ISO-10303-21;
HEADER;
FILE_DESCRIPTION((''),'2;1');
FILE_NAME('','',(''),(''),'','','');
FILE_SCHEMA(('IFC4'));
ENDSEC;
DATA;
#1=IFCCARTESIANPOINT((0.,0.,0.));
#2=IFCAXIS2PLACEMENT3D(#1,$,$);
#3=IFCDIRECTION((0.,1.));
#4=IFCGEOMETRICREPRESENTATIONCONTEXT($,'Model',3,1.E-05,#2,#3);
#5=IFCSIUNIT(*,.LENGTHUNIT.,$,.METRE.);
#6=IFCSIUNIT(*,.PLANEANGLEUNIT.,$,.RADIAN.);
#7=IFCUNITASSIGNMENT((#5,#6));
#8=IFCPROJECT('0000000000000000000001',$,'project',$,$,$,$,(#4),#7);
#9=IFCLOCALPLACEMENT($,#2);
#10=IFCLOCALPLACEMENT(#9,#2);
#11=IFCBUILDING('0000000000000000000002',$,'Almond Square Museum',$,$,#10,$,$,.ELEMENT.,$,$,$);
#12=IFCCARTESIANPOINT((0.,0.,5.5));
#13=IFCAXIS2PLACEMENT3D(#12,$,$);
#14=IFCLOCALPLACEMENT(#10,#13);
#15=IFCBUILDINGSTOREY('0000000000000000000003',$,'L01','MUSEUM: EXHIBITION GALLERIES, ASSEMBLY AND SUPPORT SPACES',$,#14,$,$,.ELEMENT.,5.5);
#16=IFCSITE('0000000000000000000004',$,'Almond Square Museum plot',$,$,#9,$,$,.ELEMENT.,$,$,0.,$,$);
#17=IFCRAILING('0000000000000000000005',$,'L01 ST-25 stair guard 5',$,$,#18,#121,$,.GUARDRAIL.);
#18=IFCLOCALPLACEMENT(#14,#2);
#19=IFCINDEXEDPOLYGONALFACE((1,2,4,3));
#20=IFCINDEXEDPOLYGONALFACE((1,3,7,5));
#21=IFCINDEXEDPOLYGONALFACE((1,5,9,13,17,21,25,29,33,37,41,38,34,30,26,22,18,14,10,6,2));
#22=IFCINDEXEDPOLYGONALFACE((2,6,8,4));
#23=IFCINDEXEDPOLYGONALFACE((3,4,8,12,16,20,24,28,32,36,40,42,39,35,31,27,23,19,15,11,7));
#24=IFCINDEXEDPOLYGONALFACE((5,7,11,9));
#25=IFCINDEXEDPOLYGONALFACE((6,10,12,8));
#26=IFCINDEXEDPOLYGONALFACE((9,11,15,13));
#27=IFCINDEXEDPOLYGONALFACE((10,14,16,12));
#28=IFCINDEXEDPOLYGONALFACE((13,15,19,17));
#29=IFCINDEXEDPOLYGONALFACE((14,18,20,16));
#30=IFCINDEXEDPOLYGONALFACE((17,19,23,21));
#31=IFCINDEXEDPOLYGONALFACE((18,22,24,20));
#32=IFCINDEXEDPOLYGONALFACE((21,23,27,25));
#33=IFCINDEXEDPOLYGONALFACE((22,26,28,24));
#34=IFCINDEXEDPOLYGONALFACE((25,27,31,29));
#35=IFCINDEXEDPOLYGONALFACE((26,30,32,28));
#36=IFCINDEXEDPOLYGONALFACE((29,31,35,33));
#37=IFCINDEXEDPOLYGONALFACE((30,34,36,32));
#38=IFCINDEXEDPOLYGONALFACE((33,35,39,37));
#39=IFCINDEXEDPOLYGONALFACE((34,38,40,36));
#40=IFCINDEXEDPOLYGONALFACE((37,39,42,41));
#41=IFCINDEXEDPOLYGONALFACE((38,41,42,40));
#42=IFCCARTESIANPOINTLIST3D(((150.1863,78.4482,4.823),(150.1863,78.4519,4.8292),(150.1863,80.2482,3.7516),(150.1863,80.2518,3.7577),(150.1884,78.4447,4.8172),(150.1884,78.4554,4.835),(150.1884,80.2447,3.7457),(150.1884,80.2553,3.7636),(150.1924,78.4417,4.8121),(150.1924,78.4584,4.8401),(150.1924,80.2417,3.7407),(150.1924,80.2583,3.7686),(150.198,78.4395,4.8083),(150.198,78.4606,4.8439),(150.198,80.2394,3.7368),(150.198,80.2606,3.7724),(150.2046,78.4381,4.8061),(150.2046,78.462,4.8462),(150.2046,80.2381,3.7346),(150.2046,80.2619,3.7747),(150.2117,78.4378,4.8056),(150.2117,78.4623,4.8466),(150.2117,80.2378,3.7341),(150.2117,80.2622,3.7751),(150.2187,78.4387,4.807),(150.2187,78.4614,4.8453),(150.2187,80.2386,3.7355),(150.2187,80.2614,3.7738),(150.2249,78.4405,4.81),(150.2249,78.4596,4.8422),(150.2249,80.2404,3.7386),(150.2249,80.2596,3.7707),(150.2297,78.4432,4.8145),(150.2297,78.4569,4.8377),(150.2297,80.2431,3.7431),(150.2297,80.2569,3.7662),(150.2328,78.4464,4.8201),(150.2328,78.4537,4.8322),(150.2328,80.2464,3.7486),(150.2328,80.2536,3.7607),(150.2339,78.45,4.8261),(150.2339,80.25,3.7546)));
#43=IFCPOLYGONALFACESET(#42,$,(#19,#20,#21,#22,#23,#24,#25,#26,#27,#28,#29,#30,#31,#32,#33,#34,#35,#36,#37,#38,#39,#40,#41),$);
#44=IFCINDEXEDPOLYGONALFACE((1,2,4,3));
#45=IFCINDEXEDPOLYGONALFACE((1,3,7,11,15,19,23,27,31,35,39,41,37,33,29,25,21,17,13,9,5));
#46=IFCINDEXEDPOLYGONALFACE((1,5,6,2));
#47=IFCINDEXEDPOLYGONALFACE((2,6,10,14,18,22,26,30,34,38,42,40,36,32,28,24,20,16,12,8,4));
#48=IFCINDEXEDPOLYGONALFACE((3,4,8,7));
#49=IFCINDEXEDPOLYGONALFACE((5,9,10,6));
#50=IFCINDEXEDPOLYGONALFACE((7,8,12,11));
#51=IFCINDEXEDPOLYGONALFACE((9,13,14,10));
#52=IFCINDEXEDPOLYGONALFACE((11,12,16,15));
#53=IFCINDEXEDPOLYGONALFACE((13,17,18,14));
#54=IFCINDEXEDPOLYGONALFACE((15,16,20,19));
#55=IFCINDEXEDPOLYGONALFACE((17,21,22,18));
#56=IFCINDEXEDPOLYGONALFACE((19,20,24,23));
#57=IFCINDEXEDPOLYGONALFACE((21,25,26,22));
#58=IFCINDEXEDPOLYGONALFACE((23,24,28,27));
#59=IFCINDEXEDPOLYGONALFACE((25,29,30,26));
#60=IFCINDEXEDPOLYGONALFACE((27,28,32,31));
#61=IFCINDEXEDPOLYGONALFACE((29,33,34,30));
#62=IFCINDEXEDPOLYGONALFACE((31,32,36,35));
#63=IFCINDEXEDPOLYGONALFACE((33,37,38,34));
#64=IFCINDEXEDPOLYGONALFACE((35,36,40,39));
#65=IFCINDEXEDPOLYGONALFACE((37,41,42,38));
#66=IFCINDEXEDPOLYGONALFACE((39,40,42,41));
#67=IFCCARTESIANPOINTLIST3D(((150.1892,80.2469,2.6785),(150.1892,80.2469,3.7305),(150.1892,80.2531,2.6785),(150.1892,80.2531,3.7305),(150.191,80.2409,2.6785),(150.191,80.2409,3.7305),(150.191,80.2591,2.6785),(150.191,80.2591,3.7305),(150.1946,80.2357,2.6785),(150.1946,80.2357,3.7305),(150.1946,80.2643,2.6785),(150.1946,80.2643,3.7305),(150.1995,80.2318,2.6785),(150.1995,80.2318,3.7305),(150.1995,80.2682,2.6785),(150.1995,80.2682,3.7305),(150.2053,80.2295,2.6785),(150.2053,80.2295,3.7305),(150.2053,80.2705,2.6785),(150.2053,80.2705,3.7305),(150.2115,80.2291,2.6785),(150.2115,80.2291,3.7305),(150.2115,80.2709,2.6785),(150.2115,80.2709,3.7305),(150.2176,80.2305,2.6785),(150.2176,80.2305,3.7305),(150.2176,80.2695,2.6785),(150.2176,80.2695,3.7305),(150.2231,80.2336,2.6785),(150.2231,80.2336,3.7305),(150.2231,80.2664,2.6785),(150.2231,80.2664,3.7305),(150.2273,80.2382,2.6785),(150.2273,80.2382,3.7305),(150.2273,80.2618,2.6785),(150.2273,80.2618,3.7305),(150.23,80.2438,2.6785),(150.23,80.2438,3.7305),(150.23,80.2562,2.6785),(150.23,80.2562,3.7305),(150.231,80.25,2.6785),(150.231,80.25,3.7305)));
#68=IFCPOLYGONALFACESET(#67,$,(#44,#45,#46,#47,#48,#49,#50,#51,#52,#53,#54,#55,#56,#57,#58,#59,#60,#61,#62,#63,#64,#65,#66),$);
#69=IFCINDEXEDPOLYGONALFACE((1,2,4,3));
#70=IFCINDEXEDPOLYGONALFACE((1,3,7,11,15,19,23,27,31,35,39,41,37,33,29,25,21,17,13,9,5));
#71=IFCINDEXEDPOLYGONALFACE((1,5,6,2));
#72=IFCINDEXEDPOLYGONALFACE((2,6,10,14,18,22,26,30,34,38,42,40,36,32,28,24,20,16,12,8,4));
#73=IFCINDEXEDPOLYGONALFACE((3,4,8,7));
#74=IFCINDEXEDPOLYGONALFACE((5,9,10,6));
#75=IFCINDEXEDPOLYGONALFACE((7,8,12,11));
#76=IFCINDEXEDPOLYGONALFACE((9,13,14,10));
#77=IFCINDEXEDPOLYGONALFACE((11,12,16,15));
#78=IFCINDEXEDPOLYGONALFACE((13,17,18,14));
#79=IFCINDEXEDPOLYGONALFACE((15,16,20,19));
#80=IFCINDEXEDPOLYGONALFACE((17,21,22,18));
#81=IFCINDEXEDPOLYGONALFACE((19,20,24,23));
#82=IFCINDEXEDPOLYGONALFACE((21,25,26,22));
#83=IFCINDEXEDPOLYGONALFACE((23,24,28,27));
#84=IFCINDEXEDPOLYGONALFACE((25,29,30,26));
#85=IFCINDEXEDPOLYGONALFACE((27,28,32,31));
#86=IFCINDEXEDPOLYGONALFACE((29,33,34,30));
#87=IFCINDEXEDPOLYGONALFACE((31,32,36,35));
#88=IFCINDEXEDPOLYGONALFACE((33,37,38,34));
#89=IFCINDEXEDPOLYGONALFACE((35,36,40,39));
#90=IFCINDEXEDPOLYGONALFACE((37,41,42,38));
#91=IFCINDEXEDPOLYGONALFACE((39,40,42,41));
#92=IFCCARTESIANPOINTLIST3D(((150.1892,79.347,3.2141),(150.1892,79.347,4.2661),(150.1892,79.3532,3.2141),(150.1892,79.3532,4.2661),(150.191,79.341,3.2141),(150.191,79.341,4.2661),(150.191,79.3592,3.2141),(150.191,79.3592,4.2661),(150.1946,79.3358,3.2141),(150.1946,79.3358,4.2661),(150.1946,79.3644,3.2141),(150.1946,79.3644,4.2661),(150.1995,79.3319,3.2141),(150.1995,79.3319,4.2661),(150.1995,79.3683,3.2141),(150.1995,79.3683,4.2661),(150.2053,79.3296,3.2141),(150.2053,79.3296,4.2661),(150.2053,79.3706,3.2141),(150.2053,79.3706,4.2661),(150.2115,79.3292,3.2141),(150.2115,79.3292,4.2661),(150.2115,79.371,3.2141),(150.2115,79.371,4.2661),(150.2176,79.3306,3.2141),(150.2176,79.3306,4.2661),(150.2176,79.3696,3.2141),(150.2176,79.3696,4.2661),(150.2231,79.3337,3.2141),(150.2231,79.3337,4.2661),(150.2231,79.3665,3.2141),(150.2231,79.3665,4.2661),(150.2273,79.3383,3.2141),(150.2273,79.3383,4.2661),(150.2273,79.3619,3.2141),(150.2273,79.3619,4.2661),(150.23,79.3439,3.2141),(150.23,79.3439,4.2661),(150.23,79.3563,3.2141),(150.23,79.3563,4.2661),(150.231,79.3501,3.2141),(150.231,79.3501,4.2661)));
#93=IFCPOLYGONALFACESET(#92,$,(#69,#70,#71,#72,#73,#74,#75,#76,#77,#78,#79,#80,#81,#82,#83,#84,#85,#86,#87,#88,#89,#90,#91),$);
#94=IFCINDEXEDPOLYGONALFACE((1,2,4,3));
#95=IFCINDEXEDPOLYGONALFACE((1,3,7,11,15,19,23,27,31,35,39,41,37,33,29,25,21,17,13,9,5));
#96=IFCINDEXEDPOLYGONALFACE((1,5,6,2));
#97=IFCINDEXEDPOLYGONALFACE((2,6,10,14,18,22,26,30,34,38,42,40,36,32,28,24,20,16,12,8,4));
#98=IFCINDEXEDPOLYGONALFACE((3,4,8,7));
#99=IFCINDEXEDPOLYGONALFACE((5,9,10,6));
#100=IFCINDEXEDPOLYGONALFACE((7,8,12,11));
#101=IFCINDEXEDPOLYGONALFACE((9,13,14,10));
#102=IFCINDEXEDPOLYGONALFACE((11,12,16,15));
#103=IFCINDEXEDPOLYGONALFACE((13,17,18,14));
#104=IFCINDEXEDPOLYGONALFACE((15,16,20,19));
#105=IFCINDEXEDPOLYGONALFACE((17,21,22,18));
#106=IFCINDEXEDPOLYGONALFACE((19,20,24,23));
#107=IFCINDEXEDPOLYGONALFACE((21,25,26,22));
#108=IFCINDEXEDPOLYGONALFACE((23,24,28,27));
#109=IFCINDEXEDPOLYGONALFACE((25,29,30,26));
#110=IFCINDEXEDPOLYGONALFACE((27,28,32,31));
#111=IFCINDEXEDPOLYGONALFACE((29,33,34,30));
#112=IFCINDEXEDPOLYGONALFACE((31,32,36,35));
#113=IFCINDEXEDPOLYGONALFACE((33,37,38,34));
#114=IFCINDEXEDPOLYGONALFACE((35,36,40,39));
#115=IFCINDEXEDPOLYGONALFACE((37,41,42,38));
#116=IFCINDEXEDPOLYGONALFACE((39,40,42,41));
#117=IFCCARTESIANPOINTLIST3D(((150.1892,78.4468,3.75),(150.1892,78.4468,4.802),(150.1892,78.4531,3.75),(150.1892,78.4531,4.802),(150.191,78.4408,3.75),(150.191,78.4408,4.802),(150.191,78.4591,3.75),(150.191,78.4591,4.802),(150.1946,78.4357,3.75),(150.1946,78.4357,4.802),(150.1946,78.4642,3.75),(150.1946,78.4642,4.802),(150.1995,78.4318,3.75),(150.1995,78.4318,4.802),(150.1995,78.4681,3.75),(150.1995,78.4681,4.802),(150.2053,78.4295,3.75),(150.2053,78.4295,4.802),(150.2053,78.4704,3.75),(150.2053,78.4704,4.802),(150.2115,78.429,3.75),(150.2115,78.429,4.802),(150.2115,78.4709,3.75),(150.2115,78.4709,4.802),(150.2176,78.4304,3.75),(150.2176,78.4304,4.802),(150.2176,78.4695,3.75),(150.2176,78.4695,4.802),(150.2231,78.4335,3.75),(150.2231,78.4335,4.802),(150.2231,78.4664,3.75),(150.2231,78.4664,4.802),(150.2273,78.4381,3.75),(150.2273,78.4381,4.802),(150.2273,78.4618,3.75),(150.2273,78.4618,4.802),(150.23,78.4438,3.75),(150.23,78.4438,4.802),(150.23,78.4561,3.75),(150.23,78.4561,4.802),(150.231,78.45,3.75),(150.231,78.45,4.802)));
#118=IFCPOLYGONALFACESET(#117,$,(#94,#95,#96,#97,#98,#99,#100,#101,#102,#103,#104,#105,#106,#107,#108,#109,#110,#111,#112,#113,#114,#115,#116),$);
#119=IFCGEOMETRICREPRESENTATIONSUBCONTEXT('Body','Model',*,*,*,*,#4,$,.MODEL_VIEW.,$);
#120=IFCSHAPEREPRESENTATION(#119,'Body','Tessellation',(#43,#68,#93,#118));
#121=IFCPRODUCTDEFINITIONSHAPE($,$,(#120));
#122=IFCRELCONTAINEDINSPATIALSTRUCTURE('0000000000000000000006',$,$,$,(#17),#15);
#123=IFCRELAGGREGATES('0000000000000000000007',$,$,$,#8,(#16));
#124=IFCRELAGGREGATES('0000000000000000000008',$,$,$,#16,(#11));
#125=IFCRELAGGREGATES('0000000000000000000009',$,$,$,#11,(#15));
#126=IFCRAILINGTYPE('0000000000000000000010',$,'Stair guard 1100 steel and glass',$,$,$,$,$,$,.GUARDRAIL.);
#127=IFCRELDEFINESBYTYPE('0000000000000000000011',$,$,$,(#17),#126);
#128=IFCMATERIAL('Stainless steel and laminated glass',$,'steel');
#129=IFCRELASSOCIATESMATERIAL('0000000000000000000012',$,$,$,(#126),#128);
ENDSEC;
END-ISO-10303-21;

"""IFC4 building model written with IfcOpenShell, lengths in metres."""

from ifc_helpers import new_model, si_unit, direction, frame, origin, origin_2d, place, context, subcontext, project, spatial, circle, extrude, material, type_object, element, save


model = new_model("IFC4")

# Units and contexts
model_context = context("Model", 3, precision=1e-05, world=origin(), true_north=direction((0.0, 1.0)))
body_context = subcontext(model_context, "Body", "Model", "MODEL_VIEW")
ifc_project = project(units=[si_unit("LENGTHUNIT", "METRE"), si_unit("PLANEANGLEUNIT", "RADIAN")], contexts=[model_context])

# Site, building, storey
site_placement = place(None, origin())
site = spatial("IfcSite", under=ifc_project, at=site_placement, Name="Almond Square Museum plot", CompositionType="ELEMENT", RefElevation=0.0)
building_placement = place(site_placement, origin())
building = spatial("IfcBuilding", under=site, at=building_placement, Name="Almond Square Museum", CompositionType="ELEMENT")
storey_placement = place(building_placement, frame((0.0, 0.0, 5.5)))
storey = spatial("IfcBuildingStorey", under=building, at=storey_placement, Name="L01", Description="MUSEUM: EXHIBITION GALLERIES, ASSEMBLY AND SUPPORT SPACES", CompositionType="ELEMENT", Elevation=5.5)

# Railing
ifc_material_1 = material(Name="Stainless steel and laminated glass", Category="steel")
railing_type_1 = type_object("IfcRailingType", Name="Stair guard 1100 steel and glass", PredefinedType="GUARDRAIL", material=ifc_material_1)
railing_1_placement = place(storey_placement, frame((150.21, 80.25, 2.6785)))
element("IfcRailing", 1, at=railing_1_placement, inside=storey, type_object=railing_type_1, Name="L01 ST-25 stair guard 5", PredefinedType="GUARDRAIL", context=body_context, shape_type="SweptSolid", body=[
    extrude(circle(Radius=0.0239, at=origin_2d()), frame((0.0, 0.0, 1.0762), z_axis=(0.0, -0.859277, 0.51151), x_axis=(1.0, 0.0, 0.0)), (0.0, 0.0, 1.0), 2.0947),
    extrude(circle(Radius=0.021, at=origin_2d()), origin(), (0.0, 0.0, 1.0), 1.052),
    extrude(circle(Radius=0.021, at=origin_2d()), frame((0.0, -0.8999, 0.5356)), (0.0, 0.0, 1.0), 1.052),
    extrude(circle(Radius=0.021, at=origin_2d()), frame((0.0, -1.8, 1.0715)), (0.0, 0.0, 1.0), 1.052),
])

save(model, "model.ifc")
